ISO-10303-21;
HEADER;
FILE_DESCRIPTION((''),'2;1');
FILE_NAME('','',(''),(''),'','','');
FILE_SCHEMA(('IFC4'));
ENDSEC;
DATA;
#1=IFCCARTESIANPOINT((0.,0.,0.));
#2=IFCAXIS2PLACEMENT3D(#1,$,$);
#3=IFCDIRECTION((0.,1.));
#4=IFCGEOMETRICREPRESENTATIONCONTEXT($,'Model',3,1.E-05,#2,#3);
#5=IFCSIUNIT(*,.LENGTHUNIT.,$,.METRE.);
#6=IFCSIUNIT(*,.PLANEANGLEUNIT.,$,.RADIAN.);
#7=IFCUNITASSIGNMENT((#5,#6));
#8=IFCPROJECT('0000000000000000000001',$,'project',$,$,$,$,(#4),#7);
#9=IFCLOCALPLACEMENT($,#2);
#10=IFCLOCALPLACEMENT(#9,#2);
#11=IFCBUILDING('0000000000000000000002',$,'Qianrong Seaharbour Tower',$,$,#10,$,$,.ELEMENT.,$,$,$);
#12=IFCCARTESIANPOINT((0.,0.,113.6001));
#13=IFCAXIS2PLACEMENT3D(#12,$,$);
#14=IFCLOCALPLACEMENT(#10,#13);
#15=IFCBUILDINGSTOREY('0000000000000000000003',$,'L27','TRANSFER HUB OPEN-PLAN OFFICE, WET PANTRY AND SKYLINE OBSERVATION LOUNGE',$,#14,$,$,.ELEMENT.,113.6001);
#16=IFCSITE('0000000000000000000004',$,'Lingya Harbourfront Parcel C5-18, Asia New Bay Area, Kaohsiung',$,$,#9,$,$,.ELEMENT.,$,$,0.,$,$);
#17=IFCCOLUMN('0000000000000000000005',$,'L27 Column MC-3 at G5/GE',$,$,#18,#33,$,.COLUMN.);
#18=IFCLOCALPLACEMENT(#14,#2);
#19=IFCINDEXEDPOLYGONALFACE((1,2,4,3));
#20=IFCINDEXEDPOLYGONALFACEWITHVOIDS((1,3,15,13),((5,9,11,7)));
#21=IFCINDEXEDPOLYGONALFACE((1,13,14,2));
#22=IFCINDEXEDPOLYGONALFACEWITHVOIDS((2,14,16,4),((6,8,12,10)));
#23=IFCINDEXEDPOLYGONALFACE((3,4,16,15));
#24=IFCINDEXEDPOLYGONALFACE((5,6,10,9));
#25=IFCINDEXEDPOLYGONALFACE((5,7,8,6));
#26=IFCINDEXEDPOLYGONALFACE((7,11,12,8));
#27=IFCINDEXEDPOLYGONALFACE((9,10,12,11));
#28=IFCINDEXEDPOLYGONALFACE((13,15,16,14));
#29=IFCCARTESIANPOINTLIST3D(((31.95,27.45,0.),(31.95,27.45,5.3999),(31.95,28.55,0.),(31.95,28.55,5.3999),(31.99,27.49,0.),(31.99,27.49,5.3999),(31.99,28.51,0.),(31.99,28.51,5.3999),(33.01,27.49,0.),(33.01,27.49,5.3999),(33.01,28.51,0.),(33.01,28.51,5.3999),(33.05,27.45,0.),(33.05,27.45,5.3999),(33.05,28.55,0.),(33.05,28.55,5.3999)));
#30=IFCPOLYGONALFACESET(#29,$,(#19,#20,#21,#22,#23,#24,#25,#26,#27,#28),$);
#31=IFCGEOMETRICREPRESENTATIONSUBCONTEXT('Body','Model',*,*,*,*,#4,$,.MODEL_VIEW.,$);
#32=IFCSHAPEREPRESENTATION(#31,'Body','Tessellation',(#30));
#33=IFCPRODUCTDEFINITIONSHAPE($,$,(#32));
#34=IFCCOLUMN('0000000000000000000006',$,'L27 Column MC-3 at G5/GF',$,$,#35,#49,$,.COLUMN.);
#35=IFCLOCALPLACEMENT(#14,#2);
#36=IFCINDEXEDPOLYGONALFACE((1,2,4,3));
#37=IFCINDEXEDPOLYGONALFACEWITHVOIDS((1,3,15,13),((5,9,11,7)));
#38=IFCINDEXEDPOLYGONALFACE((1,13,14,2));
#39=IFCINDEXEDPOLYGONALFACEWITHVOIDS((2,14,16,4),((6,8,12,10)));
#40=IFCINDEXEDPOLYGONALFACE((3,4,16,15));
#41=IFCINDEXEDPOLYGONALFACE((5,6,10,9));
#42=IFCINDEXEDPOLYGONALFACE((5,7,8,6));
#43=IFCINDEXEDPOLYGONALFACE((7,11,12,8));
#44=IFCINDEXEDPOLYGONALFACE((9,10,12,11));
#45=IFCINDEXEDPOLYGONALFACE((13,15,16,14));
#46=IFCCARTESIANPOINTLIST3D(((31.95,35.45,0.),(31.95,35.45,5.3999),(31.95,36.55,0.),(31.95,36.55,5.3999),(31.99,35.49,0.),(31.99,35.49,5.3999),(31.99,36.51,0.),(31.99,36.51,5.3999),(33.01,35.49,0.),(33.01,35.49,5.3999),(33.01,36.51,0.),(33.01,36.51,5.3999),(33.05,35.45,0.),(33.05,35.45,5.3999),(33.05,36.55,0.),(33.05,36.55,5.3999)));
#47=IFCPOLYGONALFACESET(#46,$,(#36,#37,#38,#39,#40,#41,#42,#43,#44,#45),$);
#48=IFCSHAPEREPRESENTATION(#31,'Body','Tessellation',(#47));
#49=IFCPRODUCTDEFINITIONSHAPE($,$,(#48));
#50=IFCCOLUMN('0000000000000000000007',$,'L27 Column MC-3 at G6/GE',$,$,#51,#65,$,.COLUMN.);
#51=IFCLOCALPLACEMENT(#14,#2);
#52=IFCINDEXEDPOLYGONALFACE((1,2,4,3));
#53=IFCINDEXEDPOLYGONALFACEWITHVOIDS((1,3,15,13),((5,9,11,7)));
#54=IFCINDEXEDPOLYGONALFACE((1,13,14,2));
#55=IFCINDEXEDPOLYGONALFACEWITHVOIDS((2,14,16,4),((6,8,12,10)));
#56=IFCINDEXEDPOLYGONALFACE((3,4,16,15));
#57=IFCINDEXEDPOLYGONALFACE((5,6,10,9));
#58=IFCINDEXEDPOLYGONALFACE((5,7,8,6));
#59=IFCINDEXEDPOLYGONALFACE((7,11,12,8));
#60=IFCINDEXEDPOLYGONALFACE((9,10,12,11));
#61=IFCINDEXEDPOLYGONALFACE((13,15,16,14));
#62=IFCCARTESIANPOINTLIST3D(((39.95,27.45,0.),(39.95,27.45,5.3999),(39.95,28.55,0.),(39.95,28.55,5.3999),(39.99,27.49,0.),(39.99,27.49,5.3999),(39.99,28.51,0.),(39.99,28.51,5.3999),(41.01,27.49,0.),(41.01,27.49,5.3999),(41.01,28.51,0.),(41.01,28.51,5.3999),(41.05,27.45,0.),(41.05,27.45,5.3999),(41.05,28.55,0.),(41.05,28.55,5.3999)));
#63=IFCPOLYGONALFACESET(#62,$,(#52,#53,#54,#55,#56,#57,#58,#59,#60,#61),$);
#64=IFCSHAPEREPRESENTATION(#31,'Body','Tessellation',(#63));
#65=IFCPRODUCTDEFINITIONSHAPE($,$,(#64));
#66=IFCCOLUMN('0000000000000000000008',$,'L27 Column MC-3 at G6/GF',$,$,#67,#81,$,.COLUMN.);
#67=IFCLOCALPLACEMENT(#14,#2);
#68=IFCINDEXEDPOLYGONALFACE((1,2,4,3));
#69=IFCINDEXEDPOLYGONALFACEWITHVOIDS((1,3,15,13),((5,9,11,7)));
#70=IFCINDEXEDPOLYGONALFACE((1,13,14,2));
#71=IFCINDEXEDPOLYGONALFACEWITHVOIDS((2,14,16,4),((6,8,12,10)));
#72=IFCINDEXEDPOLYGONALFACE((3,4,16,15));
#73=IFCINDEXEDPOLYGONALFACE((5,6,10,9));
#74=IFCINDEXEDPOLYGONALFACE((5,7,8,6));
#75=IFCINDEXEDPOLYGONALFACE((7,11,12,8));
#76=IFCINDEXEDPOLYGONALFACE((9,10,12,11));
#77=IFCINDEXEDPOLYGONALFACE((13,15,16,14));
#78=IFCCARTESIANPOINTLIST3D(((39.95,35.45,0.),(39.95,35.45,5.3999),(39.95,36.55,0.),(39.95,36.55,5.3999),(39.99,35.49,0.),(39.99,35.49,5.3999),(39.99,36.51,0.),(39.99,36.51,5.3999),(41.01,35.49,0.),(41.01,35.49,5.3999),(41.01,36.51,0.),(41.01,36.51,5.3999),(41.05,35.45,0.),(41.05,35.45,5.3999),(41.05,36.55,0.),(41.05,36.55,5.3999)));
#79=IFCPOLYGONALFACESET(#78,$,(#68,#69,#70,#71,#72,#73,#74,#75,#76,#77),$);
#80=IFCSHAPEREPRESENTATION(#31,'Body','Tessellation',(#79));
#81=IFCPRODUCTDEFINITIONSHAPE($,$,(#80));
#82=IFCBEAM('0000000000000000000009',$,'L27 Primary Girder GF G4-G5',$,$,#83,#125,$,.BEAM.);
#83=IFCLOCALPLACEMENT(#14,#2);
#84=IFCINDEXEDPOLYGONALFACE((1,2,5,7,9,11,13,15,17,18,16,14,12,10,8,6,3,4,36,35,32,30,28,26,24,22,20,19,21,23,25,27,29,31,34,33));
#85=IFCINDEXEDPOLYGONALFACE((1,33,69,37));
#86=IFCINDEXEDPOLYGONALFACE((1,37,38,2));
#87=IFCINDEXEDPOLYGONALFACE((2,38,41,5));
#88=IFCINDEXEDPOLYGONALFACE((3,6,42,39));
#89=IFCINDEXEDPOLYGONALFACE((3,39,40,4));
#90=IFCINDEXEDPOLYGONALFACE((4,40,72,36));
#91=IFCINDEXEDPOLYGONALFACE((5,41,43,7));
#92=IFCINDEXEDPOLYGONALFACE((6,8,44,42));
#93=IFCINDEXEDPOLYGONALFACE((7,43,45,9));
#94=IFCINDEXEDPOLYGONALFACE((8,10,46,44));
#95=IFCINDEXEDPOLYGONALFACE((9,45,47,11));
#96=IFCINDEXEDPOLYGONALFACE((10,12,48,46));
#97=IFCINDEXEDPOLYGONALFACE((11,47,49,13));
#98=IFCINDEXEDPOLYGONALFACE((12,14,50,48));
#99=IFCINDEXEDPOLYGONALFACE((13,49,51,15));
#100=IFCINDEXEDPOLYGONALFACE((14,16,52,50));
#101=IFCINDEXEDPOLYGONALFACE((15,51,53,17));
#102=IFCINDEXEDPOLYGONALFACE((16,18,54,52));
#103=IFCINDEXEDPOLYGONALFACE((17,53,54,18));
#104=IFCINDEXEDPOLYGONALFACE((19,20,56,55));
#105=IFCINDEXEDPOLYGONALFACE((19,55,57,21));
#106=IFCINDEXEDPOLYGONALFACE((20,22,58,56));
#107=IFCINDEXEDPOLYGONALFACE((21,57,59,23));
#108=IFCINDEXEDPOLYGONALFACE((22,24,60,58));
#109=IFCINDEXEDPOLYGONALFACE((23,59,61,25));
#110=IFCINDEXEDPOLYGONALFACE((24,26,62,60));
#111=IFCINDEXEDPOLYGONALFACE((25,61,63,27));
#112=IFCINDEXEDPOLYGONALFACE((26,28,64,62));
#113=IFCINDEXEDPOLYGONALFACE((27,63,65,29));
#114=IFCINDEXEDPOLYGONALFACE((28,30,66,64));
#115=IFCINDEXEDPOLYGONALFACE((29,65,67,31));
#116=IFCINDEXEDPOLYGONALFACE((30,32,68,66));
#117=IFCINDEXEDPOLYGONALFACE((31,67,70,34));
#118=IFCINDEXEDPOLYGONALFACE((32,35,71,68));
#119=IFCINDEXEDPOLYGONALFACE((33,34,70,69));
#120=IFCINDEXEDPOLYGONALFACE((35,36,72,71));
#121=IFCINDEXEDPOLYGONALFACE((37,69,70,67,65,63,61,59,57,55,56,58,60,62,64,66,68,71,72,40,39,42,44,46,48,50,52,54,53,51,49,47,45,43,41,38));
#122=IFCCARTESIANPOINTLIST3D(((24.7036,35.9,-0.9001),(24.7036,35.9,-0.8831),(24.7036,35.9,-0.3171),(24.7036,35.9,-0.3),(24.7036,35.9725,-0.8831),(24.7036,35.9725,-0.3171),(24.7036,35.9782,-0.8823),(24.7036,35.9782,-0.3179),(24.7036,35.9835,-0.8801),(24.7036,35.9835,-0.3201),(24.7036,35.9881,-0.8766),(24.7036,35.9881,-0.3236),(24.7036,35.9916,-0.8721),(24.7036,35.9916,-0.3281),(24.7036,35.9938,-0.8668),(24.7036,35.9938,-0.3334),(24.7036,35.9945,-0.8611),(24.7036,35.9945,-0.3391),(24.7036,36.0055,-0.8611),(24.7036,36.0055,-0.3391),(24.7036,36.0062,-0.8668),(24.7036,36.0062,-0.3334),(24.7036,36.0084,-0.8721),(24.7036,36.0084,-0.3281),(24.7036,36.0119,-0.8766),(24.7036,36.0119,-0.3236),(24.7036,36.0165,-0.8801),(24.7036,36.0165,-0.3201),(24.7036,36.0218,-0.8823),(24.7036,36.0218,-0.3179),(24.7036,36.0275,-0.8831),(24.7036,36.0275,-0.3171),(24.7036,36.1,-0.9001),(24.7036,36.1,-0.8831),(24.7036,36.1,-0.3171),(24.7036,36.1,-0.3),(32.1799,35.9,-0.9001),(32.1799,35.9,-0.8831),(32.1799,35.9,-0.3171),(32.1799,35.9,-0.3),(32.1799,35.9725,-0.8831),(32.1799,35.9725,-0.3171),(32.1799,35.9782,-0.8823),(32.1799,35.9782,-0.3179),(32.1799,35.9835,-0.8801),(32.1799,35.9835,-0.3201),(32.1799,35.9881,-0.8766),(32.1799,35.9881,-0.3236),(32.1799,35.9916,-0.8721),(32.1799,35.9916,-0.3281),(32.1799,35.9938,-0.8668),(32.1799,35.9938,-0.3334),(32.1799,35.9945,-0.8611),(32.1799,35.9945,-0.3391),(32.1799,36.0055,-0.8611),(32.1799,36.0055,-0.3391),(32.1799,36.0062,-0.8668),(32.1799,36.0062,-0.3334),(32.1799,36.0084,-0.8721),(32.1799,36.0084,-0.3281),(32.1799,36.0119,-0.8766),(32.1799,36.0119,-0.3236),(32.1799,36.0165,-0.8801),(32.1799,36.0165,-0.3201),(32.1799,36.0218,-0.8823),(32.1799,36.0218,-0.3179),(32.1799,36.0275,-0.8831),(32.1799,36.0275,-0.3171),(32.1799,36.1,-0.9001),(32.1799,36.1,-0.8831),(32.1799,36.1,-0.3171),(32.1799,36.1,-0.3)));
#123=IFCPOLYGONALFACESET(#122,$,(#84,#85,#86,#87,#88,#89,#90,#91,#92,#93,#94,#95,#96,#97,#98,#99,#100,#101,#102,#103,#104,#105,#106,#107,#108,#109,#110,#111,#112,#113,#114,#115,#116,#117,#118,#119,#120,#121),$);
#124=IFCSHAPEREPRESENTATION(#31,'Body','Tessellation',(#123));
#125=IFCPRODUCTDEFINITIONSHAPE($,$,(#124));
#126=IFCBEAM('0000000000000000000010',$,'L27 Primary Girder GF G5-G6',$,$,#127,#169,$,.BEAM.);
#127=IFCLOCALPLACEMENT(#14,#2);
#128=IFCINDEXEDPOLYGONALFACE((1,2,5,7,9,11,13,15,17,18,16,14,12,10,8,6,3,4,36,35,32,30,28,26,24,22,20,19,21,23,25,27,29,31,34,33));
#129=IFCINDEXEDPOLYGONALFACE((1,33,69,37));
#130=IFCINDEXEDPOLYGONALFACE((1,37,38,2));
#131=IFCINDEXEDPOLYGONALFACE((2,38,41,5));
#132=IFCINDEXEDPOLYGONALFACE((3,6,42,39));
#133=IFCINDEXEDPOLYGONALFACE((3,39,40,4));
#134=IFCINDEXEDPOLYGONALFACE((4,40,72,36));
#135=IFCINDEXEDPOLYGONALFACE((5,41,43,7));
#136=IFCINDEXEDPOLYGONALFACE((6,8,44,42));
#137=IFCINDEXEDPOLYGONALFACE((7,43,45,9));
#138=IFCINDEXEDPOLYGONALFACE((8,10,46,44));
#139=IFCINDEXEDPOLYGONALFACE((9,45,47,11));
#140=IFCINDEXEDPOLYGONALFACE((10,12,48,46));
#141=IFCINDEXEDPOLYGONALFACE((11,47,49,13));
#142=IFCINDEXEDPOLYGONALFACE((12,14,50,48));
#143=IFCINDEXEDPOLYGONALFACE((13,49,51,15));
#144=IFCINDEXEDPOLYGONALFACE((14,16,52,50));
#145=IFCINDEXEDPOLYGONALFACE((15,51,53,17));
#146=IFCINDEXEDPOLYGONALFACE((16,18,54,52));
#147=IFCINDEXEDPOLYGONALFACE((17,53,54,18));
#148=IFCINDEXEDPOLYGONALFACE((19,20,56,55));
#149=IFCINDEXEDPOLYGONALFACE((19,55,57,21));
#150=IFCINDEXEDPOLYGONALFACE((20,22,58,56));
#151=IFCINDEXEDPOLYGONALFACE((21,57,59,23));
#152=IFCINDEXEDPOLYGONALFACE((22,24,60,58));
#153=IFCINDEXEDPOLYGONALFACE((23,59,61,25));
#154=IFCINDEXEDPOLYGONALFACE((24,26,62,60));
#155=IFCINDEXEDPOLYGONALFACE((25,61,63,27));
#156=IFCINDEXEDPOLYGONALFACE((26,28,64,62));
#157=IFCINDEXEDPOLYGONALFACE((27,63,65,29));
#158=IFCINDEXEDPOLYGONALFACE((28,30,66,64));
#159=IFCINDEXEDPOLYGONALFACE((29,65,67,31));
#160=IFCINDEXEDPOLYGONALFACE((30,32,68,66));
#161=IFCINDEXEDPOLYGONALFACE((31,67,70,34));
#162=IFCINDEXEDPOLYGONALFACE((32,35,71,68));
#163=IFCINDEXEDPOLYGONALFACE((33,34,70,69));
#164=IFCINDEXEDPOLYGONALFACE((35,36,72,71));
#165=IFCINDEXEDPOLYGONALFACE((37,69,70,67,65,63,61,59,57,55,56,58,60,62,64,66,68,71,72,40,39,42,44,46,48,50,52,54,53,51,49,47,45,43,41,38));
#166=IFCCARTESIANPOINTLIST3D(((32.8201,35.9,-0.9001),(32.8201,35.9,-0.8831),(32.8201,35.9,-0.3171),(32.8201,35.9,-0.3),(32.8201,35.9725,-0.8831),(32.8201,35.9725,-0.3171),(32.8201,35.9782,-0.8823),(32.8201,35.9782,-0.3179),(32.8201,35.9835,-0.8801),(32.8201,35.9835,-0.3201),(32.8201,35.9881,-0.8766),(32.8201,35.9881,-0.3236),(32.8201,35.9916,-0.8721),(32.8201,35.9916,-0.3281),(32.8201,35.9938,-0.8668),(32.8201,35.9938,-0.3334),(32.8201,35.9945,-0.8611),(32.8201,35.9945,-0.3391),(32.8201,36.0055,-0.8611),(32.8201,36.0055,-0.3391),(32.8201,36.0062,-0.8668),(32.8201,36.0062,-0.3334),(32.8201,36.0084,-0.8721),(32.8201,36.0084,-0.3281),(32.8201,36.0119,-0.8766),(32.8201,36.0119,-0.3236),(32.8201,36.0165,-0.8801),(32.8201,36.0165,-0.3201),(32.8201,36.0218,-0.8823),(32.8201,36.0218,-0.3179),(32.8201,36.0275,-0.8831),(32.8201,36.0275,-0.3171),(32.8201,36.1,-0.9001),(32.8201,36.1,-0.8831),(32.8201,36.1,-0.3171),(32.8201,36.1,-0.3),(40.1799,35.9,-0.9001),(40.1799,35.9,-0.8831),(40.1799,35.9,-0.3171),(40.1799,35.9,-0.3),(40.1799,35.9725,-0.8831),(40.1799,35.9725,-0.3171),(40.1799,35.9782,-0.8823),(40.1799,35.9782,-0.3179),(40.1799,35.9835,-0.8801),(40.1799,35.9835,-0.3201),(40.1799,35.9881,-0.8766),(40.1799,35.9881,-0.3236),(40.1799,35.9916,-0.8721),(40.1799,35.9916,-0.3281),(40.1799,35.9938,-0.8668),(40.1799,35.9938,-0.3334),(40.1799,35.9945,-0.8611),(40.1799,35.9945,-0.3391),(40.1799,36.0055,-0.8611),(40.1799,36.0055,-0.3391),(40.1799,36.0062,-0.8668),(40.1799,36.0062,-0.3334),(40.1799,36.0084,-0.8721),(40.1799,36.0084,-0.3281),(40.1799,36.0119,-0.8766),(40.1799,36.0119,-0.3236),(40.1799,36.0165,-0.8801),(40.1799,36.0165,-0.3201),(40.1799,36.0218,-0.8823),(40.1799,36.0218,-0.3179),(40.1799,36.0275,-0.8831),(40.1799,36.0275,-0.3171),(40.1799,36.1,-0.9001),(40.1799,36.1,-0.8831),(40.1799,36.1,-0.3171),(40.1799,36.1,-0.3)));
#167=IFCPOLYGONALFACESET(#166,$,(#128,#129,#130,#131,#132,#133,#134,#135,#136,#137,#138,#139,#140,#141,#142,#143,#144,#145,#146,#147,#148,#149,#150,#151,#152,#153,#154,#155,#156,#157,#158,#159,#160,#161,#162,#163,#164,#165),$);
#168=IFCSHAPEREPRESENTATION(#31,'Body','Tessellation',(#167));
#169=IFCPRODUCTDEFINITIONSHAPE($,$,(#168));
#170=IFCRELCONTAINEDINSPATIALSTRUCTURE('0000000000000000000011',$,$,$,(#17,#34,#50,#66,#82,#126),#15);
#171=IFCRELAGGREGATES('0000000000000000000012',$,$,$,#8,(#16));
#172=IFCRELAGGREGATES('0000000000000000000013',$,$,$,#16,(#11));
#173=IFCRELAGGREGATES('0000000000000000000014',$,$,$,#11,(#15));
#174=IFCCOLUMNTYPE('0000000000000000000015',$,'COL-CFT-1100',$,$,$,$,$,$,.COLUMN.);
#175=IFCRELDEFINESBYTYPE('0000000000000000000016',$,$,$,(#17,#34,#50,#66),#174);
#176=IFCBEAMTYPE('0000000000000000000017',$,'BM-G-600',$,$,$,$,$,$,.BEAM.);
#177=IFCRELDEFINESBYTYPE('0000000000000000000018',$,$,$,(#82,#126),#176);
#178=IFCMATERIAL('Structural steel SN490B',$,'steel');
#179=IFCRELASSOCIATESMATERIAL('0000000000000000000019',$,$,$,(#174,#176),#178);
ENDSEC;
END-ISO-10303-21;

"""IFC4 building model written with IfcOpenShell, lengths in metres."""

from ifc_helpers import new_model, si_unit, direction, frame, origin, origin_2d, place, context, subcontext, project, spatial, hollow_rectangle, i_section, extrude, material, material_profile, profile_set, type_object, element, save


model = new_model("IFC4")

# Units and contexts
model_context = context("Model", 3, precision=1e-05, world=origin(), true_north=direction((0.0, 1.0)))
body_context = subcontext(model_context, "Body", "Model", "MODEL_VIEW")
ifc_project = project(units=[si_unit("LENGTHUNIT", "METRE"), si_unit("PLANEANGLEUNIT", "RADIAN")], contexts=[model_context])

# Site, building, storey
site_placement = place(None, origin())
site = spatial("IfcSite", under=ifc_project, at=site_placement, Name="Lingya Harbourfront Parcel C5-18, Asia New Bay Area, Kaohsiung", CompositionType="ELEMENT", RefElevation=0.0)
building_placement = place(site_placement, origin())
building = spatial("IfcBuilding", under=site, at=building_placement, Name="Qianrong Seaharbour Tower", CompositionType="ELEMENT")
storey_placement = place(building_placement, frame((0.0, 0.0, 113.6001)))
storey = spatial("IfcBuildingStorey", under=building, at=storey_placement, Name="L27", Description="TRANSFER HUB OPEN-PLAN OFFICE, WET PANTRY AND SKYLINE OBSERVATION LOUNGE", CompositionType="ELEMENT", Elevation=113.6001)

# Columns
ifc_material_1 = material(Name="Structural steel SN490B", Category="steel")
ifc_material_profile_1 = material_profile(ifc_material_1, hollow_rectangle(XDim=1.1001, YDim=1.1001, WallThickness=0.04, at=origin_2d()), Name="BOX1100x1100x40")
ifc_profile_set_1 = profile_set([ifc_material_profile_1], Name="Structural steel SN490B")
column_type = type_object("IfcColumnType", Name="COL-CFT-1100", PredefinedType="COLUMN", material=ifc_profile_set_1)
for number, where, z_axis, x_axis, name in (
    (1, (32.5, 28.0, 0.0), (0.0, 0.0, 1.0), (1.0, 0.0, 0.0), "L27 Column MC-3 at G5/GE"),
    (2, (32.5, 36.0, 0.0), (0.0, 0.0, 1.0), (1.0, 0.0, 0.0), "L27 Column MC-3 at G5/GF"),
    (3, (40.5, 28.0, 0.0), (0.0, 0.0, 1.0), (1.0, 0.0, 0.0), "L27 Column MC-3 at G6/GE"),
    (4, (40.5, 36.0, 0.0), (0.0, 0.0, 1.0), (1.0, 0.0, 0.0), "L27 Column MC-3 at G6/GF"),
):
    element("IfcColumn", number, at=place(storey_placement, frame(where, z_axis=z_axis, x_axis=x_axis)), inside=storey, type_object=column_type, Name=name, PredefinedType="COLUMN", context=body_context, shape_type="SweptSolid", body=[
        extrude(hollow_rectangle(XDim=1.1001, YDim=1.1001, WallThickness=0.04, at=origin_2d()), origin(), (0.0, 0.0, 1.0), 5.3999),
    ])

# Beams
ifc_material_profile_2 = material_profile(ifc_material_1, i_section(OverallWidth=0.2, OverallDepth=0.6001, WebThickness=0.011, FlangeThickness=0.0171, FilletRadius=0.022, at=origin_2d()), Name="H600x200x11x17")
ifc_profile_set_2 = profile_set([ifc_material_profile_2], Name="Structural steel SN490B")
beam_type_1 = type_object("IfcBeamType", Name="BM-G-600", PredefinedType="BEAM", material=ifc_profile_set_2)
beam_1_placement = place(storey_placement, frame((24.7036, 36.0, -0.6001), z_axis=(1.0, 0.0, 0.0), x_axis=(0.0, 1.0, 0.0)))
element("IfcBeam", 5, at=beam_1_placement, inside=storey, type_object=beam_type_1, Name="L27 Primary Girder GF G4-G5", PredefinedType="BEAM", context=body_context, shape_type="SweptSolid", body=[
    extrude(i_section(OverallWidth=0.2, OverallDepth=0.6001, WebThickness=0.011, FlangeThickness=0.0171, FilletRadius=0.022, at=origin_2d()), origin(), (0.0, 0.0, 1.0), 7.4763),
])
for number, where, z_axis, x_axis, name in (
    (6, (32.8201, 36.0, -0.6001), (1.0, 0.0, 0.0), (0.0, 1.0, 0.0), "L27 Primary Girder GF G5-G6"),
):
    element("IfcBeam", number, at=place(storey_placement, frame(where, z_axis=z_axis, x_axis=x_axis)), inside=storey, type_object=beam_type_1, Name=name, PredefinedType="BEAM", context=body_context, shape_type="SweptSolid", body=[
        extrude(i_section(OverallWidth=0.2, OverallDepth=0.6001, WebThickness=0.011, FlangeThickness=0.0171, FilletRadius=0.022, at=origin_2d()), origin(), (0.0, 0.0, 1.0), 7.3599),
    ])

save(model, "model.ifc")
